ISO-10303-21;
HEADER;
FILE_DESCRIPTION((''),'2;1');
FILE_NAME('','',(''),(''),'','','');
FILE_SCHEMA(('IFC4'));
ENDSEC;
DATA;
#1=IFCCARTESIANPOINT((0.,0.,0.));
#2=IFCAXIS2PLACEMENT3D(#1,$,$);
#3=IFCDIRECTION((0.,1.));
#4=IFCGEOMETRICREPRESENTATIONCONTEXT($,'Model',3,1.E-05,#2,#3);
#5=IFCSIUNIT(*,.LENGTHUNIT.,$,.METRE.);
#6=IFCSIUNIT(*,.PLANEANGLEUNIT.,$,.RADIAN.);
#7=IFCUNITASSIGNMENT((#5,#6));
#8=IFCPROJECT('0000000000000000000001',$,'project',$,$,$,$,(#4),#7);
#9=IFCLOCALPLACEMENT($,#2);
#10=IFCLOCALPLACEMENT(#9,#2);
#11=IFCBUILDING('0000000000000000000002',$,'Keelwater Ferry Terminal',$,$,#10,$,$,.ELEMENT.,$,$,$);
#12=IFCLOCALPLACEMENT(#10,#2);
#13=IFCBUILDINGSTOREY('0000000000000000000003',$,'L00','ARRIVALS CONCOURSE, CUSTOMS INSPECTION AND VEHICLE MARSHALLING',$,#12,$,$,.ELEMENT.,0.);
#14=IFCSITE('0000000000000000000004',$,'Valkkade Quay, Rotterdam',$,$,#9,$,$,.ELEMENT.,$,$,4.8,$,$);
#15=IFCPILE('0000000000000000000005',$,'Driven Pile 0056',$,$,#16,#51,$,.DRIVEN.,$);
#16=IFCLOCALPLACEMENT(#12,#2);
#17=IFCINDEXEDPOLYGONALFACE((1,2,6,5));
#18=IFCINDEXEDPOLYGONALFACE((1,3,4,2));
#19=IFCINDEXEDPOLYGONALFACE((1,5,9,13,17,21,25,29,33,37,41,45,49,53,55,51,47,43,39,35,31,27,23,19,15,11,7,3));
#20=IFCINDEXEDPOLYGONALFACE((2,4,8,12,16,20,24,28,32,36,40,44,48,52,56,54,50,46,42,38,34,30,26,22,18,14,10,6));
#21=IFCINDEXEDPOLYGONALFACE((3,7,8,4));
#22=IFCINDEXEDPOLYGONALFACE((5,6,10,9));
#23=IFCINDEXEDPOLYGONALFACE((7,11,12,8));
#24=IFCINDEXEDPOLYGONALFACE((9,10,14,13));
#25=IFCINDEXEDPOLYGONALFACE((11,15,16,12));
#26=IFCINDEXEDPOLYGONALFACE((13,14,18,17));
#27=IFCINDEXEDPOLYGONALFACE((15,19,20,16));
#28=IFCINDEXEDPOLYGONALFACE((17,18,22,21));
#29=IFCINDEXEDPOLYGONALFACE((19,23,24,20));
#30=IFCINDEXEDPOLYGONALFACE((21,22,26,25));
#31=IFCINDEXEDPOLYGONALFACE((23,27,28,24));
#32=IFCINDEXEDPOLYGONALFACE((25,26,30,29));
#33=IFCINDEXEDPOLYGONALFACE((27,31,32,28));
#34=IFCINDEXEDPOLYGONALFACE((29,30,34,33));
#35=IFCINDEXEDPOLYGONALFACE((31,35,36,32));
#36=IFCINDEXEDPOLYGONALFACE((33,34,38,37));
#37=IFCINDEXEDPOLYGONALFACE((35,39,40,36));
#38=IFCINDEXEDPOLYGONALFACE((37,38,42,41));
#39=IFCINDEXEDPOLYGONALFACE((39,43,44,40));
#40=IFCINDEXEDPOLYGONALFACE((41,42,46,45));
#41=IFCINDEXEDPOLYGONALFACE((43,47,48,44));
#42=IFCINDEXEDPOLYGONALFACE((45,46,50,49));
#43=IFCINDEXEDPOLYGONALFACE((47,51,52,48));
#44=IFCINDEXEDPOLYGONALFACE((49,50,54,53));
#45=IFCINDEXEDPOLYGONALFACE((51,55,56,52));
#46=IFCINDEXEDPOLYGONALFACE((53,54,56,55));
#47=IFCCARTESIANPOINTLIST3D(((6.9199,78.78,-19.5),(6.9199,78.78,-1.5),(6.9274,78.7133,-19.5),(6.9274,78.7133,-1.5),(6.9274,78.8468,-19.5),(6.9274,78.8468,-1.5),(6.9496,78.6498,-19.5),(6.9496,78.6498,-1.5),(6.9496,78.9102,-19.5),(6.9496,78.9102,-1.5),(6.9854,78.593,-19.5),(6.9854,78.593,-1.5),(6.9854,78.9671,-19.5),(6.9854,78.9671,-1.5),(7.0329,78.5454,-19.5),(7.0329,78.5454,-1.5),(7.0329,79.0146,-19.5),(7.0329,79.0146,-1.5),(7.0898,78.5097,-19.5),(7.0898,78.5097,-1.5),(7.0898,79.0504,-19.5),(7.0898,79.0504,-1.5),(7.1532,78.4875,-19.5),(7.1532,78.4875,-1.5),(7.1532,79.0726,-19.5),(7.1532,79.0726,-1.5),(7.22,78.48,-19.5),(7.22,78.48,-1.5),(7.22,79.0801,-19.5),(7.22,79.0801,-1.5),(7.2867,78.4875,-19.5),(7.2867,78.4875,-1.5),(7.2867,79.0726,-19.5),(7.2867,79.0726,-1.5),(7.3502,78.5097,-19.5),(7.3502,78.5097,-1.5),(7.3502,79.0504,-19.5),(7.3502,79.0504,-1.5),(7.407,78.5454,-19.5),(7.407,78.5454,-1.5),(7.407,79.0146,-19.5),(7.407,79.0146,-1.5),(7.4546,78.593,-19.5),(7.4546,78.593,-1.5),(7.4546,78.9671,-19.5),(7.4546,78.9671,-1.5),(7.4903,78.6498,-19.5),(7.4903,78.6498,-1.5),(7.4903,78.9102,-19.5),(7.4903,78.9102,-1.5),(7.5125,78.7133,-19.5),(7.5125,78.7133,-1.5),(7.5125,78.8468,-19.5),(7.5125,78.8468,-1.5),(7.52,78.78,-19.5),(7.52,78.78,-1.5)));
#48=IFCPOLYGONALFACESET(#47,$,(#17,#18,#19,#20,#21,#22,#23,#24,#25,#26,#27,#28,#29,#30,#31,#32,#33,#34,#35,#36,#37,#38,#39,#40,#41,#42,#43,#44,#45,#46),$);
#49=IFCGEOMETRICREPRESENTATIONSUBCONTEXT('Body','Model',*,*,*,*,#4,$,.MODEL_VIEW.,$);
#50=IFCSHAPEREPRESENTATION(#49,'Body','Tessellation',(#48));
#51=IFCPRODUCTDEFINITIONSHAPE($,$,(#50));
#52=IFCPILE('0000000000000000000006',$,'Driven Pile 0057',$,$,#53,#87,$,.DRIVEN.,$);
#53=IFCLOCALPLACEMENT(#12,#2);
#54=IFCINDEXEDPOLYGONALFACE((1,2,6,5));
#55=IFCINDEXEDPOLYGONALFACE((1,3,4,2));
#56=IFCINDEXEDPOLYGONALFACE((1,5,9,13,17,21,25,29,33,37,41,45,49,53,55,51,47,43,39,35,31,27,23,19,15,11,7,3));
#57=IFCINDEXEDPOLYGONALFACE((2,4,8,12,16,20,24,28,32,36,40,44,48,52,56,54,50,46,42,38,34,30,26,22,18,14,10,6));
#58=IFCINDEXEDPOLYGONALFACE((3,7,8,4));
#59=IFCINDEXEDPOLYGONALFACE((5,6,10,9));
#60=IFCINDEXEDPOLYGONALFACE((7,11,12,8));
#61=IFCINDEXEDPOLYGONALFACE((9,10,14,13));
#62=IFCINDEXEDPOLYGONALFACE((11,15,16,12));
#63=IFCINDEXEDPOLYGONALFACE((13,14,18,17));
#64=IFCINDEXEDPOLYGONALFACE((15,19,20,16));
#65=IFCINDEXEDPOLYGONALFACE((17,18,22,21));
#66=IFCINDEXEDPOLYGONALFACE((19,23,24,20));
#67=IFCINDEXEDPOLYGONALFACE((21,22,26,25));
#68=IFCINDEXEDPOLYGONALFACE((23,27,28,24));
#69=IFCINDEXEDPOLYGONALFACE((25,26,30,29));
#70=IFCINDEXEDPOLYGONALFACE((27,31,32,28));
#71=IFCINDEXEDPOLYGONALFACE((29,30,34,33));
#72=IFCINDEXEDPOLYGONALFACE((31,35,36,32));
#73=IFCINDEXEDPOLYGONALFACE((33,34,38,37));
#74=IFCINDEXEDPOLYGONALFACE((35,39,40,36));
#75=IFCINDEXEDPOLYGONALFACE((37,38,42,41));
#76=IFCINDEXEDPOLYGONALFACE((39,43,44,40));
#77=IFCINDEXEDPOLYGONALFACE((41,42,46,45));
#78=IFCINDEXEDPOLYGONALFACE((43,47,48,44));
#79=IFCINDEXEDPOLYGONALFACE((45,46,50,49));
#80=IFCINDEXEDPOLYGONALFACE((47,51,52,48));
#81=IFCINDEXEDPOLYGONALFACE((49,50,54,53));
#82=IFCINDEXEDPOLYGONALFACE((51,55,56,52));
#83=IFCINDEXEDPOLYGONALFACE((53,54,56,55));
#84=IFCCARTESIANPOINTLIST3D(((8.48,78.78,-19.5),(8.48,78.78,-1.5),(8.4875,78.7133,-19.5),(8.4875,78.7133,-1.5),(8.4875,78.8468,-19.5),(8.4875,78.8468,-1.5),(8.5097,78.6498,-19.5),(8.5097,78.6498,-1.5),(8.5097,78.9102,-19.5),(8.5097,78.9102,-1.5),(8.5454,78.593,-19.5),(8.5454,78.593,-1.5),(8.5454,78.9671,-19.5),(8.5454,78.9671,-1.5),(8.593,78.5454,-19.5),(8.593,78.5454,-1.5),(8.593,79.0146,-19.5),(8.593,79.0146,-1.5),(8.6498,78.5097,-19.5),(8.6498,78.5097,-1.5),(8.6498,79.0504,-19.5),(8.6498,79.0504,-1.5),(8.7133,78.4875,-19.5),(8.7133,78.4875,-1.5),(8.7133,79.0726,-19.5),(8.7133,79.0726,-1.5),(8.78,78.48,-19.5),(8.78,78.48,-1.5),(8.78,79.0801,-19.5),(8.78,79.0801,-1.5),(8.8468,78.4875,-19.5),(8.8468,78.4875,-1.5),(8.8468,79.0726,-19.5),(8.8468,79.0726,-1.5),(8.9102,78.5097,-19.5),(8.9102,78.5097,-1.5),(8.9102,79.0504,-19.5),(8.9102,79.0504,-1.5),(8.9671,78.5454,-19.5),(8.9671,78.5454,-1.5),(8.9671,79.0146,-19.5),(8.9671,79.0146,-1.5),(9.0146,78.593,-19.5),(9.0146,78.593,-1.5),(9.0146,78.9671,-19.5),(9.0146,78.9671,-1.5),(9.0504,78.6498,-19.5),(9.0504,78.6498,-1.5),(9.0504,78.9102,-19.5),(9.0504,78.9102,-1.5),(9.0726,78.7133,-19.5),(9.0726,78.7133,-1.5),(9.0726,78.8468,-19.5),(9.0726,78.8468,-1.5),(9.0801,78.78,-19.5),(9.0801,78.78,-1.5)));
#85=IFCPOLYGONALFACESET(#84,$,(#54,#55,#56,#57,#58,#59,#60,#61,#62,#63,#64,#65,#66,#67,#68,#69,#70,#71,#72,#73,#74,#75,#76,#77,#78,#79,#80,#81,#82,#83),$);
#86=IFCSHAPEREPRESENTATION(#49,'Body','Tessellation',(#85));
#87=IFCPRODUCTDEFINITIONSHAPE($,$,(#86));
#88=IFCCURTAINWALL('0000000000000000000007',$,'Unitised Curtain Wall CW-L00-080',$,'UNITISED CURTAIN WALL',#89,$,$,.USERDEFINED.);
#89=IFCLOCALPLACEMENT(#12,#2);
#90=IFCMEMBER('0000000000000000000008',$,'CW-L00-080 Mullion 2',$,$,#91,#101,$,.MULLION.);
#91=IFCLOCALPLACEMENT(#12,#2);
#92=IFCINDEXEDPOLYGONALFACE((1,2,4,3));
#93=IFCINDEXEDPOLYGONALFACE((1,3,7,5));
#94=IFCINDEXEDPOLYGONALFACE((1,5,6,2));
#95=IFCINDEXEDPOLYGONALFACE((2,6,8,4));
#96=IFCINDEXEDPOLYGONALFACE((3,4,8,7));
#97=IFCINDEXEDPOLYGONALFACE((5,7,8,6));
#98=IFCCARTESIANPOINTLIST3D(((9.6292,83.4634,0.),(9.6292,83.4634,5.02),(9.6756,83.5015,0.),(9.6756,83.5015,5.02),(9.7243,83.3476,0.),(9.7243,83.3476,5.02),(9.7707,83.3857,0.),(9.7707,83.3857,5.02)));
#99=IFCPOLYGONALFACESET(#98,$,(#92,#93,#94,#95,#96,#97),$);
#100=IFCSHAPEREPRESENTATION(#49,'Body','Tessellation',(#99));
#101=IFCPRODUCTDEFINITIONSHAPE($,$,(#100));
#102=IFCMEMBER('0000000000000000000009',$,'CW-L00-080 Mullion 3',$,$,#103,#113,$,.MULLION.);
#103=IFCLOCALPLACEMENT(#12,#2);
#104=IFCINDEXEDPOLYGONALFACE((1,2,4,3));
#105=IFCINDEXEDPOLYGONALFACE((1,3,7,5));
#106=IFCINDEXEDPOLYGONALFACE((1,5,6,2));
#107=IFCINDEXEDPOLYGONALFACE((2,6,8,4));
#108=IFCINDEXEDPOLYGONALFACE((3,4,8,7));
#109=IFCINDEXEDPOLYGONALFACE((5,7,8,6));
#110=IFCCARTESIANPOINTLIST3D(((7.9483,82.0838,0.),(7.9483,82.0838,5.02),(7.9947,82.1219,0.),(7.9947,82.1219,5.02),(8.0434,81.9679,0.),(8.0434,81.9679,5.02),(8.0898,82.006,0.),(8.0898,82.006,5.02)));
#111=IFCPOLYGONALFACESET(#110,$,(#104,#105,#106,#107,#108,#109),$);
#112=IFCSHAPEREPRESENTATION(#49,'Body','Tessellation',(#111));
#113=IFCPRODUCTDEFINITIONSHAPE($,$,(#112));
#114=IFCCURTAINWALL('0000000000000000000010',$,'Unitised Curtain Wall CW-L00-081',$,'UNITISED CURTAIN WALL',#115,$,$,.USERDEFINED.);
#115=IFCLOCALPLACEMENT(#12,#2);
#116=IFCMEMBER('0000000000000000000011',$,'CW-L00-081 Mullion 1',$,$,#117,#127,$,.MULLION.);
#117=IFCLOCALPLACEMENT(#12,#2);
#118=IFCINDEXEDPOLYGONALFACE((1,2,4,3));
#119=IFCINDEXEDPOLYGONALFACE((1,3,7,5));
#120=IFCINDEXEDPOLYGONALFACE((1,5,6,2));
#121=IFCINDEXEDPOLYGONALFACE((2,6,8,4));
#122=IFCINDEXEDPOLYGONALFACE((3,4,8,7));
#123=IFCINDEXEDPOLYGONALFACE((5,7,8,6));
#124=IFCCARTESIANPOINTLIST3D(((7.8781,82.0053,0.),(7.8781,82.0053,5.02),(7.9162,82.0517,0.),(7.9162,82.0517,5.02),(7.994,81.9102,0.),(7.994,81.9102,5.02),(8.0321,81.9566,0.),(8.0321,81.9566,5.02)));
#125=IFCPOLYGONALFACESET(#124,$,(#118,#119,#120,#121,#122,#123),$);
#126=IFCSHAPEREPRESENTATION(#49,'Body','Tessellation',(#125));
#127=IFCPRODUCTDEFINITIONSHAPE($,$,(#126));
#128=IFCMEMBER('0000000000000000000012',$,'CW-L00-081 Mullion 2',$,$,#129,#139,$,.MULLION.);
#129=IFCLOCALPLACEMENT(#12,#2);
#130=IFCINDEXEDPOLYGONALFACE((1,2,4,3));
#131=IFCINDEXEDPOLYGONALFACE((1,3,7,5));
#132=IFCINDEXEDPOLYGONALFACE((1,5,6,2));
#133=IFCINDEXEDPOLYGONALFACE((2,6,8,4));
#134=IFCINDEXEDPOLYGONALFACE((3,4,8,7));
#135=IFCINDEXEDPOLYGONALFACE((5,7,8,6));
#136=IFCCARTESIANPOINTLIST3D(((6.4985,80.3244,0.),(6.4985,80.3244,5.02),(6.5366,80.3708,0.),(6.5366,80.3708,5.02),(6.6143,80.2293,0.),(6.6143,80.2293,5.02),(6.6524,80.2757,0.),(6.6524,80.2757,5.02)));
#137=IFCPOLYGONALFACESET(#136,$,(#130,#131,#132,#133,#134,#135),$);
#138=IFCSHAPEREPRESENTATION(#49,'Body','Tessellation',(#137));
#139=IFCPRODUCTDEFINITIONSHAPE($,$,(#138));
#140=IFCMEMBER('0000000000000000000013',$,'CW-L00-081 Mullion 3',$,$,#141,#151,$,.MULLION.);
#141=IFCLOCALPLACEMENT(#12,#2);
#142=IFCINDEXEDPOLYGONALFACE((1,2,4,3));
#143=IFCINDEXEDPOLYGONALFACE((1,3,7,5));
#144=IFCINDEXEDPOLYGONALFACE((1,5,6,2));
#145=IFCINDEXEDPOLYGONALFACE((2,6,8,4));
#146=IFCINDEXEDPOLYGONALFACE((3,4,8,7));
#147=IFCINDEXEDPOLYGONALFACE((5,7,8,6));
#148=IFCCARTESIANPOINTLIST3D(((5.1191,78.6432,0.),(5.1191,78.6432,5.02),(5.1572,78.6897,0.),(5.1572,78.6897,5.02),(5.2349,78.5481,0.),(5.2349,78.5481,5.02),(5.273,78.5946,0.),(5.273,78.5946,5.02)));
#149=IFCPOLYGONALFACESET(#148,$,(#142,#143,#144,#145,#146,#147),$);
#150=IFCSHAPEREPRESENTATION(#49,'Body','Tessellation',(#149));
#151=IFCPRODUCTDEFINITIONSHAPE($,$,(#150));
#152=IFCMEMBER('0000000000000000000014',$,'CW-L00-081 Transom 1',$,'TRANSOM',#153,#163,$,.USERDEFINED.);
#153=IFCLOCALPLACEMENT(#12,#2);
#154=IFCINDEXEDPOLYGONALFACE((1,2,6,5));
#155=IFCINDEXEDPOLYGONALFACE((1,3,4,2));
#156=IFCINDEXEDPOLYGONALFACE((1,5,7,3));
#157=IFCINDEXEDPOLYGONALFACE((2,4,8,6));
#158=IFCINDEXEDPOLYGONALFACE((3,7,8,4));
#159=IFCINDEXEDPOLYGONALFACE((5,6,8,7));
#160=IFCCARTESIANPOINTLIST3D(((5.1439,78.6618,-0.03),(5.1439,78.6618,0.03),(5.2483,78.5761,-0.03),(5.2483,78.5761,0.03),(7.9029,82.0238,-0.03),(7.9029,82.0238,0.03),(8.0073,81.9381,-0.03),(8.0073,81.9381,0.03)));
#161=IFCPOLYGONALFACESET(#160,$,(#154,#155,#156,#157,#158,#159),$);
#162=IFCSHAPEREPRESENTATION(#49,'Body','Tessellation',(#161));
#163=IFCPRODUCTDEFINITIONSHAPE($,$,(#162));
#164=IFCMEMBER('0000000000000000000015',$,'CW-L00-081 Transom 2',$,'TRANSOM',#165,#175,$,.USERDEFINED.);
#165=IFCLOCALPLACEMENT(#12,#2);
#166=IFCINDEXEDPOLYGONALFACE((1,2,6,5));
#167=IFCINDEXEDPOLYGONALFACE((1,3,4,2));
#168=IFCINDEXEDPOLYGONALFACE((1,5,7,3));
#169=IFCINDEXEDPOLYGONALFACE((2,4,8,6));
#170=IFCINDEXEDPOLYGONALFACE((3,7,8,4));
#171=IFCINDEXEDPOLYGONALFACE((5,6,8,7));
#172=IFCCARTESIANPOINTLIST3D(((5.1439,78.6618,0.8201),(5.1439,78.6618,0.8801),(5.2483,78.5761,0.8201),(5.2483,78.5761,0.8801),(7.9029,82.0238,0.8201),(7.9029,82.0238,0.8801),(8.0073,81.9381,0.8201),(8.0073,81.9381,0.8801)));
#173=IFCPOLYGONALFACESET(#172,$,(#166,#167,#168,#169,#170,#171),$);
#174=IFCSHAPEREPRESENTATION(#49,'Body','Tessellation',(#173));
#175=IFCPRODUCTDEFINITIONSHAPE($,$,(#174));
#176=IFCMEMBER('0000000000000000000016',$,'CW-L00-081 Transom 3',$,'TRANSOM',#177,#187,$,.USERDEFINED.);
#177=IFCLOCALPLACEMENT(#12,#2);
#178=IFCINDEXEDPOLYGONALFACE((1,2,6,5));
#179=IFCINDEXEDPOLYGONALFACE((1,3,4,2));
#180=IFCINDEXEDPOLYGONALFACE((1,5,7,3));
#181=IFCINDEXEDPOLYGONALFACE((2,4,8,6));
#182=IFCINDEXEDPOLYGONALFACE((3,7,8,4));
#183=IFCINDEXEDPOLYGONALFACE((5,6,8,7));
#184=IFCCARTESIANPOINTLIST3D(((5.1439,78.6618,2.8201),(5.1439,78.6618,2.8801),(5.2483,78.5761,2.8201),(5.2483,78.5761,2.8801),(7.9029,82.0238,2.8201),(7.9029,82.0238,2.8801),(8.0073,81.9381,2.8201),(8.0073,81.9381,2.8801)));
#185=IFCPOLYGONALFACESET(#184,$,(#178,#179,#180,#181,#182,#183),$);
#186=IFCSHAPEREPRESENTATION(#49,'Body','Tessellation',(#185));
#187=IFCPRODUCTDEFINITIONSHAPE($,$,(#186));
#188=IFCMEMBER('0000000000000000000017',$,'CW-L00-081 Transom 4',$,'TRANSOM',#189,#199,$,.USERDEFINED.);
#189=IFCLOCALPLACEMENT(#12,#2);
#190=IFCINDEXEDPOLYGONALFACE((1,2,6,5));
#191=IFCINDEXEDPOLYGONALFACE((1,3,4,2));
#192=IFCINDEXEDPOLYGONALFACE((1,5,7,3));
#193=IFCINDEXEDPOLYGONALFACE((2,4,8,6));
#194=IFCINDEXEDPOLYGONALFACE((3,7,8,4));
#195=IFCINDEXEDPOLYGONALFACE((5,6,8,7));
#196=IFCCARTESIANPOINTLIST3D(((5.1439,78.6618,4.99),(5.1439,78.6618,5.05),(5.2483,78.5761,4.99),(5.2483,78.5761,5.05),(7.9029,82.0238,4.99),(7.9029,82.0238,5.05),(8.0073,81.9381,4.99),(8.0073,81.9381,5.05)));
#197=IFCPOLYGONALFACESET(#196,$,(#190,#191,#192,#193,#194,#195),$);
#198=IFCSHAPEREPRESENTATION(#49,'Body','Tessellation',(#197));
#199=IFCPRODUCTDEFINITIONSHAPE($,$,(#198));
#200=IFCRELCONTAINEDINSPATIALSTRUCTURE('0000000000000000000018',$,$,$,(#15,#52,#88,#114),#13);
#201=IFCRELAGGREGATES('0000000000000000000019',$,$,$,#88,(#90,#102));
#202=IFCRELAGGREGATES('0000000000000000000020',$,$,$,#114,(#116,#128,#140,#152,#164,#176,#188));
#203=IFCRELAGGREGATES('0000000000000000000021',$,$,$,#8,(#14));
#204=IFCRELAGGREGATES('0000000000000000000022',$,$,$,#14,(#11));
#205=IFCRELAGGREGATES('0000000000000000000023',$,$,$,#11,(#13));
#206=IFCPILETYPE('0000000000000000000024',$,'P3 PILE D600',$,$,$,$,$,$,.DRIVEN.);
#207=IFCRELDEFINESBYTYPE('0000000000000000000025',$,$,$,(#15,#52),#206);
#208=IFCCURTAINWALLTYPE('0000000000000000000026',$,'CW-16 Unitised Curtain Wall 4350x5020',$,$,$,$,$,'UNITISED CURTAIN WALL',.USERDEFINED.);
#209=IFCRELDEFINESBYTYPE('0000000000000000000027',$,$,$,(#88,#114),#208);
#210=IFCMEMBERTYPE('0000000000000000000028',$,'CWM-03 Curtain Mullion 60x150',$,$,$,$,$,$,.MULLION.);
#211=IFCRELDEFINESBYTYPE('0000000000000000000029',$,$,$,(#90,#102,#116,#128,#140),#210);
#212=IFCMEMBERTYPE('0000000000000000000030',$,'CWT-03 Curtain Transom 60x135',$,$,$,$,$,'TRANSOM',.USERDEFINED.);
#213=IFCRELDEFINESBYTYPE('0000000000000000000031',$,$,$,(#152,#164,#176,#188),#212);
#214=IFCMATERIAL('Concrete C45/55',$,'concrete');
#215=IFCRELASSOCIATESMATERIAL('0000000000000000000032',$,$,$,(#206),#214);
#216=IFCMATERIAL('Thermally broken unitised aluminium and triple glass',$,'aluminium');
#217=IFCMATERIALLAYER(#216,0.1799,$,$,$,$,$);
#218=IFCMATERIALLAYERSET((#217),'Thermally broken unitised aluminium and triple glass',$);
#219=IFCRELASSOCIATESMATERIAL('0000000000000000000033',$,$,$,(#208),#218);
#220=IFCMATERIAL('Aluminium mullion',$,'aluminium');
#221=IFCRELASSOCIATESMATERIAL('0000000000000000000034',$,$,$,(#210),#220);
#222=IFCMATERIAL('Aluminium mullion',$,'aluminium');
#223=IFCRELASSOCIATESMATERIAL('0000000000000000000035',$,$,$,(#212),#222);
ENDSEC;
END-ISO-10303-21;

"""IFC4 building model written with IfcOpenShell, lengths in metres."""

from ifc_helpers import new_model, si_unit, direction, frame, origin, origin_2d, place, context, subcontext, project, spatial, rectangle, circle, extrude, material, layer, layer_set, material_profile, profile_set, type_object, element, aggregate, save


model = new_model("IFC4")

# Units and contexts
model_context = context("Model", 3, precision=1e-05, world=origin(), true_north=direction((0.0, 1.0)))
body_context = subcontext(model_context, "Body", "Model", "MODEL_VIEW")
ifc_project = project(units=[si_unit("LENGTHUNIT", "METRE"), si_unit("PLANEANGLEUNIT", "RADIAN")], contexts=[model_context])

# Site, building, storey
site_placement = place(None, origin())
site = spatial("IfcSite", under=ifc_project, at=site_placement, Name="Valkkade Quay, Rotterdam", CompositionType="ELEMENT", RefElevation=4.8)
building_placement = place(site_placement, origin())
building = spatial("IfcBuilding", under=site, at=building_placement, Name="Keelwater Ferry Terminal", CompositionType="ELEMENT")
storey_placement = place(building_placement, origin())
storey = spatial("IfcBuildingStorey", under=building, at=storey_placement, Name="L00", Description="ARRIVALS CONCOURSE, CUSTOMS INSPECTION AND VEHICLE MARSHALLING", CompositionType="ELEMENT", Elevation=0.0)

# Piles
ifc_material_1 = material(Name="Concrete C45/55", Category="concrete")
ifc_material_profile_1 = material_profile(ifc_material_1, circle(Radius=0.3, at=origin_2d()), Name="PILE D600")
ifc_profile_set_1 = profile_set([ifc_material_profile_1], Name="Concrete C45/55")
pile_type = type_object("IfcPileType", Name="P3 PILE D600", PredefinedType="DRIVEN", material=ifc_profile_set_1)
for number, where, z_axis, x_axis, name in (
    (1, (7.22, 78.78, -1.5), (0.0, 0.0, -1.0), (1.0, 0.0, 0.0), "Driven Pile 0056"),
    (2, (8.78, 78.78, -1.5), (0.0, 0.0, -1.0), (1.0, 0.0, 0.0), "Driven Pile 0057"),
):
    element("IfcPile", number, at=place(storey_placement, frame(where, z_axis=z_axis, x_axis=x_axis)), inside=storey, type_object=pile_type, Name=name, PredefinedType="DRIVEN", context=body_context, shape_type="SweptSolid", body=[
        extrude(circle(Radius=0.3, at=origin_2d()), origin(), (0.0, 0.0, 1.0), 18.0),
    ])

# Curtain walls, members
ifc_material_2 = material(Name="Thermally broken unitised aluminium and triple glass", Category="aluminium")
ifc_layer_1 = layer(ifc_material_2, 0.1799)
ifc_layer_set_1 = layer_set([ifc_layer_1], Name="Thermally broken unitised aluminium and triple glass")
curtain_wall_type = type_object("IfcCurtainWallType", Name="CW-16 Unitised Curtain Wall 4350x5020", ElementType="UNITISED CURTAIN WALL", PredefinedType="USERDEFINED", material=ifc_layer_set_1)
curtain_wall_1_placement = place(storey_placement, origin())
curtain_wall_1 = element("IfcCurtainWall", 3, at=curtain_wall_1_placement, inside=storey, type_object=curtain_wall_type, Name="Unitised Curtain Wall CW-L00-080", ObjectType="UNITISED CURTAIN WALL", PredefinedType="USERDEFINED")
ifc_material_3 = material(Name="Aluminium mullion", Category="aluminium")
ifc_material_profile_2 = material_profile(ifc_material_3, rectangle(XDim=0.0601, YDim=0.1499, at=origin_2d()), Name="CWM-03")
ifc_profile_set_2 = profile_set([ifc_material_profile_2], Name="Aluminium mullion")
member_type_1 = type_object("IfcMemberType", Name="CWM-03 Curtain Mullion 60x150", PredefinedType="MULLION", material=ifc_profile_set_2)
member_1_placement = place(storey_placement, frame((9.7, 83.4246, 0.0), z_axis=(0.0, 0.0, 1.0), x_axis=(-0.773024, -0.634377, 0.0)))
member_1 = element("IfcMember", 4, at=member_1_placement, type_object=member_type_1, Name="CW-L00-080 Mullion 2", PredefinedType="MULLION", context=body_context, shape_type="SweptSolid", body=[
    extrude(rectangle(XDim=0.0601, YDim=0.1499, at=origin_2d()), origin(), (0.0, 0.0, 1.0), 5.02),
])
member_2_placement = place(storey_placement, frame((8.019, 82.0449, 0.0), z_axis=(0.0, 0.0, 1.0), x_axis=(-0.773024, -0.634377, 0.0)))
member_2 = element("IfcMember", 5, at=member_2_placement, type_object=member_type_1, Name="CW-L00-080 Mullion 3", PredefinedType="MULLION", context=body_context, shape_type="SweptSolid", body=[
    extrude(rectangle(XDim=0.0601, YDim=0.1499, at=origin_2d()), origin(), (0.0, 0.0, 1.0), 5.02),
])
curtain_wall_2_placement = place(storey_placement, origin())
curtain_wall_2 = element("IfcCurtainWall", 6, at=curtain_wall_2_placement, inside=storey, type_object=curtain_wall_type, Name="Unitised Curtain Wall CW-L00-081", ObjectType="UNITISED CURTAIN WALL", PredefinedType="USERDEFINED")
member_3_placement = place(storey_placement, frame((7.9551, 81.981, 0.0), z_axis=(0.0, 0.0, 1.0), x_axis=(-0.634377, -0.773024, 0.0)))
member_3 = element("IfcMember", 7, at=member_3_placement, type_object=member_type_1, Name="CW-L00-081 Mullion 1", PredefinedType="MULLION", context=body_context, shape_type="SweptSolid", body=[
    extrude(rectangle(XDim=0.0601, YDim=0.1499, at=origin_2d()), origin(), (0.0, 0.0, 1.0), 5.02),
])
member_4_placement = place(storey_placement, frame((6.5754, 80.3, 0.0), z_axis=(0.0, 0.0, 1.0), x_axis=(-0.634377, -0.773024, 0.0)))
member_4 = element("IfcMember", 8, at=member_4_placement, type_object=member_type_1, Name="CW-L00-081 Mullion 2", PredefinedType="MULLION", context=body_context, shape_type="SweptSolid", body=[
    extrude(rectangle(XDim=0.0601, YDim=0.1499, at=origin_2d()), origin(), (0.0, 0.0, 1.0), 5.02),
])
member_5_placement = place(storey_placement, frame((5.196, 78.6189, 0.0), z_axis=(0.0, 0.0, 1.0), x_axis=(-0.634377, -0.773024, 0.0)))
member_5 = element("IfcMember", 9, at=member_5_placement, type_object=member_type_1, Name="CW-L00-081 Mullion 3", PredefinedType="MULLION", context=body_context, shape_type="SweptSolid", body=[
    extrude(rectangle(XDim=0.0601, YDim=0.1499, at=origin_2d()), origin(), (0.0, 0.0, 1.0), 5.02),
])
ifc_material_4 = material(Name="Aluminium mullion", Category="aluminium")
ifc_material_profile_3 = material_profile(ifc_material_4, rectangle(XDim=0.135, YDim=0.0601, at=origin_2d()), Name="CWT-03")
ifc_profile_set_3 = profile_set([ifc_material_profile_3], Name="Aluminium mullion")
member_type_2 = type_object("IfcMemberType", Name="CWT-03 Curtain Transom 60x135", ElementType="TRANSOM", PredefinedType="USERDEFINED", material=ifc_profile_set_3)
member_6_placement = place(storey_placement, frame((7.9551, 81.981, 0.0), z_axis=(-0.634374, -0.773026, 0.0), x_axis=(0.773026, -0.634374, 0.0)))
member_6 = element("IfcMember", 10, at=member_6_placement, type_object=member_type_2, Name="CW-L00-081 Transom 1", ObjectType="TRANSOM", PredefinedType="USERDEFINED", context=body_context, shape_type="SweptSolid", body=[
    extrude(rectangle(XDim=0.135, YDim=0.0601, at=origin_2d()), origin(), (0.0, 0.0, 1.0), 4.3491),
])
member_7_placement = place(storey_placement, frame((7.9551, 81.981, 0.8501), z_axis=(-0.634374, -0.773026, 0.0), x_axis=(0.773026, -0.634374, 0.0)))
member_7 = element("IfcMember", 11, at=member_7_placement, type_object=member_type_2, Name="CW-L00-081 Transom 2", ObjectType="TRANSOM", PredefinedType="USERDEFINED", context=body_context, shape_type="SweptSolid", body=[
    extrude(rectangle(XDim=0.135, YDim=0.0601, at=origin_2d()), origin(), (0.0, 0.0, 1.0), 4.3491),
])
member_8_placement = place(storey_placement, frame((7.9551, 81.981, 2.8501), z_axis=(-0.634374, -0.773026, 0.0), x_axis=(0.773026, -0.634374, 0.0)))
member_8 = element("IfcMember", 12, at=member_8_placement, type_object=member_type_2, Name="CW-L00-081 Transom 3", ObjectType="TRANSOM", PredefinedType="USERDEFINED", context=body_context, shape_type="SweptSolid", body=[
    extrude(rectangle(XDim=0.135, YDim=0.0601, at=origin_2d()), origin(), (0.0, 0.0, 1.0), 4.3491),
])
member_9_placement = place(storey_placement, frame((7.9551, 81.981, 5.02), z_axis=(-0.634374, -0.773026, 0.0), x_axis=(0.773026, -0.634374, 0.0)))
member_9 = element("IfcMember", 13, at=member_9_placement, type_object=member_type_2, Name="CW-L00-081 Transom 4", ObjectType="TRANSOM", PredefinedType="USERDEFINED", context=body_context, shape_type="SweptSolid", body=[
    extrude(rectangle(XDim=0.135, YDim=0.0601, at=origin_2d()), origin(), (0.0, 0.0, 1.0), 4.3491),
])

aggregate(curtain_wall_1, [member_1, member_2])
aggregate(curtain_wall_2, [member_3, member_4, member_5, member_6, member_7, member_8, member_9])

save(model, "model.ifc")
